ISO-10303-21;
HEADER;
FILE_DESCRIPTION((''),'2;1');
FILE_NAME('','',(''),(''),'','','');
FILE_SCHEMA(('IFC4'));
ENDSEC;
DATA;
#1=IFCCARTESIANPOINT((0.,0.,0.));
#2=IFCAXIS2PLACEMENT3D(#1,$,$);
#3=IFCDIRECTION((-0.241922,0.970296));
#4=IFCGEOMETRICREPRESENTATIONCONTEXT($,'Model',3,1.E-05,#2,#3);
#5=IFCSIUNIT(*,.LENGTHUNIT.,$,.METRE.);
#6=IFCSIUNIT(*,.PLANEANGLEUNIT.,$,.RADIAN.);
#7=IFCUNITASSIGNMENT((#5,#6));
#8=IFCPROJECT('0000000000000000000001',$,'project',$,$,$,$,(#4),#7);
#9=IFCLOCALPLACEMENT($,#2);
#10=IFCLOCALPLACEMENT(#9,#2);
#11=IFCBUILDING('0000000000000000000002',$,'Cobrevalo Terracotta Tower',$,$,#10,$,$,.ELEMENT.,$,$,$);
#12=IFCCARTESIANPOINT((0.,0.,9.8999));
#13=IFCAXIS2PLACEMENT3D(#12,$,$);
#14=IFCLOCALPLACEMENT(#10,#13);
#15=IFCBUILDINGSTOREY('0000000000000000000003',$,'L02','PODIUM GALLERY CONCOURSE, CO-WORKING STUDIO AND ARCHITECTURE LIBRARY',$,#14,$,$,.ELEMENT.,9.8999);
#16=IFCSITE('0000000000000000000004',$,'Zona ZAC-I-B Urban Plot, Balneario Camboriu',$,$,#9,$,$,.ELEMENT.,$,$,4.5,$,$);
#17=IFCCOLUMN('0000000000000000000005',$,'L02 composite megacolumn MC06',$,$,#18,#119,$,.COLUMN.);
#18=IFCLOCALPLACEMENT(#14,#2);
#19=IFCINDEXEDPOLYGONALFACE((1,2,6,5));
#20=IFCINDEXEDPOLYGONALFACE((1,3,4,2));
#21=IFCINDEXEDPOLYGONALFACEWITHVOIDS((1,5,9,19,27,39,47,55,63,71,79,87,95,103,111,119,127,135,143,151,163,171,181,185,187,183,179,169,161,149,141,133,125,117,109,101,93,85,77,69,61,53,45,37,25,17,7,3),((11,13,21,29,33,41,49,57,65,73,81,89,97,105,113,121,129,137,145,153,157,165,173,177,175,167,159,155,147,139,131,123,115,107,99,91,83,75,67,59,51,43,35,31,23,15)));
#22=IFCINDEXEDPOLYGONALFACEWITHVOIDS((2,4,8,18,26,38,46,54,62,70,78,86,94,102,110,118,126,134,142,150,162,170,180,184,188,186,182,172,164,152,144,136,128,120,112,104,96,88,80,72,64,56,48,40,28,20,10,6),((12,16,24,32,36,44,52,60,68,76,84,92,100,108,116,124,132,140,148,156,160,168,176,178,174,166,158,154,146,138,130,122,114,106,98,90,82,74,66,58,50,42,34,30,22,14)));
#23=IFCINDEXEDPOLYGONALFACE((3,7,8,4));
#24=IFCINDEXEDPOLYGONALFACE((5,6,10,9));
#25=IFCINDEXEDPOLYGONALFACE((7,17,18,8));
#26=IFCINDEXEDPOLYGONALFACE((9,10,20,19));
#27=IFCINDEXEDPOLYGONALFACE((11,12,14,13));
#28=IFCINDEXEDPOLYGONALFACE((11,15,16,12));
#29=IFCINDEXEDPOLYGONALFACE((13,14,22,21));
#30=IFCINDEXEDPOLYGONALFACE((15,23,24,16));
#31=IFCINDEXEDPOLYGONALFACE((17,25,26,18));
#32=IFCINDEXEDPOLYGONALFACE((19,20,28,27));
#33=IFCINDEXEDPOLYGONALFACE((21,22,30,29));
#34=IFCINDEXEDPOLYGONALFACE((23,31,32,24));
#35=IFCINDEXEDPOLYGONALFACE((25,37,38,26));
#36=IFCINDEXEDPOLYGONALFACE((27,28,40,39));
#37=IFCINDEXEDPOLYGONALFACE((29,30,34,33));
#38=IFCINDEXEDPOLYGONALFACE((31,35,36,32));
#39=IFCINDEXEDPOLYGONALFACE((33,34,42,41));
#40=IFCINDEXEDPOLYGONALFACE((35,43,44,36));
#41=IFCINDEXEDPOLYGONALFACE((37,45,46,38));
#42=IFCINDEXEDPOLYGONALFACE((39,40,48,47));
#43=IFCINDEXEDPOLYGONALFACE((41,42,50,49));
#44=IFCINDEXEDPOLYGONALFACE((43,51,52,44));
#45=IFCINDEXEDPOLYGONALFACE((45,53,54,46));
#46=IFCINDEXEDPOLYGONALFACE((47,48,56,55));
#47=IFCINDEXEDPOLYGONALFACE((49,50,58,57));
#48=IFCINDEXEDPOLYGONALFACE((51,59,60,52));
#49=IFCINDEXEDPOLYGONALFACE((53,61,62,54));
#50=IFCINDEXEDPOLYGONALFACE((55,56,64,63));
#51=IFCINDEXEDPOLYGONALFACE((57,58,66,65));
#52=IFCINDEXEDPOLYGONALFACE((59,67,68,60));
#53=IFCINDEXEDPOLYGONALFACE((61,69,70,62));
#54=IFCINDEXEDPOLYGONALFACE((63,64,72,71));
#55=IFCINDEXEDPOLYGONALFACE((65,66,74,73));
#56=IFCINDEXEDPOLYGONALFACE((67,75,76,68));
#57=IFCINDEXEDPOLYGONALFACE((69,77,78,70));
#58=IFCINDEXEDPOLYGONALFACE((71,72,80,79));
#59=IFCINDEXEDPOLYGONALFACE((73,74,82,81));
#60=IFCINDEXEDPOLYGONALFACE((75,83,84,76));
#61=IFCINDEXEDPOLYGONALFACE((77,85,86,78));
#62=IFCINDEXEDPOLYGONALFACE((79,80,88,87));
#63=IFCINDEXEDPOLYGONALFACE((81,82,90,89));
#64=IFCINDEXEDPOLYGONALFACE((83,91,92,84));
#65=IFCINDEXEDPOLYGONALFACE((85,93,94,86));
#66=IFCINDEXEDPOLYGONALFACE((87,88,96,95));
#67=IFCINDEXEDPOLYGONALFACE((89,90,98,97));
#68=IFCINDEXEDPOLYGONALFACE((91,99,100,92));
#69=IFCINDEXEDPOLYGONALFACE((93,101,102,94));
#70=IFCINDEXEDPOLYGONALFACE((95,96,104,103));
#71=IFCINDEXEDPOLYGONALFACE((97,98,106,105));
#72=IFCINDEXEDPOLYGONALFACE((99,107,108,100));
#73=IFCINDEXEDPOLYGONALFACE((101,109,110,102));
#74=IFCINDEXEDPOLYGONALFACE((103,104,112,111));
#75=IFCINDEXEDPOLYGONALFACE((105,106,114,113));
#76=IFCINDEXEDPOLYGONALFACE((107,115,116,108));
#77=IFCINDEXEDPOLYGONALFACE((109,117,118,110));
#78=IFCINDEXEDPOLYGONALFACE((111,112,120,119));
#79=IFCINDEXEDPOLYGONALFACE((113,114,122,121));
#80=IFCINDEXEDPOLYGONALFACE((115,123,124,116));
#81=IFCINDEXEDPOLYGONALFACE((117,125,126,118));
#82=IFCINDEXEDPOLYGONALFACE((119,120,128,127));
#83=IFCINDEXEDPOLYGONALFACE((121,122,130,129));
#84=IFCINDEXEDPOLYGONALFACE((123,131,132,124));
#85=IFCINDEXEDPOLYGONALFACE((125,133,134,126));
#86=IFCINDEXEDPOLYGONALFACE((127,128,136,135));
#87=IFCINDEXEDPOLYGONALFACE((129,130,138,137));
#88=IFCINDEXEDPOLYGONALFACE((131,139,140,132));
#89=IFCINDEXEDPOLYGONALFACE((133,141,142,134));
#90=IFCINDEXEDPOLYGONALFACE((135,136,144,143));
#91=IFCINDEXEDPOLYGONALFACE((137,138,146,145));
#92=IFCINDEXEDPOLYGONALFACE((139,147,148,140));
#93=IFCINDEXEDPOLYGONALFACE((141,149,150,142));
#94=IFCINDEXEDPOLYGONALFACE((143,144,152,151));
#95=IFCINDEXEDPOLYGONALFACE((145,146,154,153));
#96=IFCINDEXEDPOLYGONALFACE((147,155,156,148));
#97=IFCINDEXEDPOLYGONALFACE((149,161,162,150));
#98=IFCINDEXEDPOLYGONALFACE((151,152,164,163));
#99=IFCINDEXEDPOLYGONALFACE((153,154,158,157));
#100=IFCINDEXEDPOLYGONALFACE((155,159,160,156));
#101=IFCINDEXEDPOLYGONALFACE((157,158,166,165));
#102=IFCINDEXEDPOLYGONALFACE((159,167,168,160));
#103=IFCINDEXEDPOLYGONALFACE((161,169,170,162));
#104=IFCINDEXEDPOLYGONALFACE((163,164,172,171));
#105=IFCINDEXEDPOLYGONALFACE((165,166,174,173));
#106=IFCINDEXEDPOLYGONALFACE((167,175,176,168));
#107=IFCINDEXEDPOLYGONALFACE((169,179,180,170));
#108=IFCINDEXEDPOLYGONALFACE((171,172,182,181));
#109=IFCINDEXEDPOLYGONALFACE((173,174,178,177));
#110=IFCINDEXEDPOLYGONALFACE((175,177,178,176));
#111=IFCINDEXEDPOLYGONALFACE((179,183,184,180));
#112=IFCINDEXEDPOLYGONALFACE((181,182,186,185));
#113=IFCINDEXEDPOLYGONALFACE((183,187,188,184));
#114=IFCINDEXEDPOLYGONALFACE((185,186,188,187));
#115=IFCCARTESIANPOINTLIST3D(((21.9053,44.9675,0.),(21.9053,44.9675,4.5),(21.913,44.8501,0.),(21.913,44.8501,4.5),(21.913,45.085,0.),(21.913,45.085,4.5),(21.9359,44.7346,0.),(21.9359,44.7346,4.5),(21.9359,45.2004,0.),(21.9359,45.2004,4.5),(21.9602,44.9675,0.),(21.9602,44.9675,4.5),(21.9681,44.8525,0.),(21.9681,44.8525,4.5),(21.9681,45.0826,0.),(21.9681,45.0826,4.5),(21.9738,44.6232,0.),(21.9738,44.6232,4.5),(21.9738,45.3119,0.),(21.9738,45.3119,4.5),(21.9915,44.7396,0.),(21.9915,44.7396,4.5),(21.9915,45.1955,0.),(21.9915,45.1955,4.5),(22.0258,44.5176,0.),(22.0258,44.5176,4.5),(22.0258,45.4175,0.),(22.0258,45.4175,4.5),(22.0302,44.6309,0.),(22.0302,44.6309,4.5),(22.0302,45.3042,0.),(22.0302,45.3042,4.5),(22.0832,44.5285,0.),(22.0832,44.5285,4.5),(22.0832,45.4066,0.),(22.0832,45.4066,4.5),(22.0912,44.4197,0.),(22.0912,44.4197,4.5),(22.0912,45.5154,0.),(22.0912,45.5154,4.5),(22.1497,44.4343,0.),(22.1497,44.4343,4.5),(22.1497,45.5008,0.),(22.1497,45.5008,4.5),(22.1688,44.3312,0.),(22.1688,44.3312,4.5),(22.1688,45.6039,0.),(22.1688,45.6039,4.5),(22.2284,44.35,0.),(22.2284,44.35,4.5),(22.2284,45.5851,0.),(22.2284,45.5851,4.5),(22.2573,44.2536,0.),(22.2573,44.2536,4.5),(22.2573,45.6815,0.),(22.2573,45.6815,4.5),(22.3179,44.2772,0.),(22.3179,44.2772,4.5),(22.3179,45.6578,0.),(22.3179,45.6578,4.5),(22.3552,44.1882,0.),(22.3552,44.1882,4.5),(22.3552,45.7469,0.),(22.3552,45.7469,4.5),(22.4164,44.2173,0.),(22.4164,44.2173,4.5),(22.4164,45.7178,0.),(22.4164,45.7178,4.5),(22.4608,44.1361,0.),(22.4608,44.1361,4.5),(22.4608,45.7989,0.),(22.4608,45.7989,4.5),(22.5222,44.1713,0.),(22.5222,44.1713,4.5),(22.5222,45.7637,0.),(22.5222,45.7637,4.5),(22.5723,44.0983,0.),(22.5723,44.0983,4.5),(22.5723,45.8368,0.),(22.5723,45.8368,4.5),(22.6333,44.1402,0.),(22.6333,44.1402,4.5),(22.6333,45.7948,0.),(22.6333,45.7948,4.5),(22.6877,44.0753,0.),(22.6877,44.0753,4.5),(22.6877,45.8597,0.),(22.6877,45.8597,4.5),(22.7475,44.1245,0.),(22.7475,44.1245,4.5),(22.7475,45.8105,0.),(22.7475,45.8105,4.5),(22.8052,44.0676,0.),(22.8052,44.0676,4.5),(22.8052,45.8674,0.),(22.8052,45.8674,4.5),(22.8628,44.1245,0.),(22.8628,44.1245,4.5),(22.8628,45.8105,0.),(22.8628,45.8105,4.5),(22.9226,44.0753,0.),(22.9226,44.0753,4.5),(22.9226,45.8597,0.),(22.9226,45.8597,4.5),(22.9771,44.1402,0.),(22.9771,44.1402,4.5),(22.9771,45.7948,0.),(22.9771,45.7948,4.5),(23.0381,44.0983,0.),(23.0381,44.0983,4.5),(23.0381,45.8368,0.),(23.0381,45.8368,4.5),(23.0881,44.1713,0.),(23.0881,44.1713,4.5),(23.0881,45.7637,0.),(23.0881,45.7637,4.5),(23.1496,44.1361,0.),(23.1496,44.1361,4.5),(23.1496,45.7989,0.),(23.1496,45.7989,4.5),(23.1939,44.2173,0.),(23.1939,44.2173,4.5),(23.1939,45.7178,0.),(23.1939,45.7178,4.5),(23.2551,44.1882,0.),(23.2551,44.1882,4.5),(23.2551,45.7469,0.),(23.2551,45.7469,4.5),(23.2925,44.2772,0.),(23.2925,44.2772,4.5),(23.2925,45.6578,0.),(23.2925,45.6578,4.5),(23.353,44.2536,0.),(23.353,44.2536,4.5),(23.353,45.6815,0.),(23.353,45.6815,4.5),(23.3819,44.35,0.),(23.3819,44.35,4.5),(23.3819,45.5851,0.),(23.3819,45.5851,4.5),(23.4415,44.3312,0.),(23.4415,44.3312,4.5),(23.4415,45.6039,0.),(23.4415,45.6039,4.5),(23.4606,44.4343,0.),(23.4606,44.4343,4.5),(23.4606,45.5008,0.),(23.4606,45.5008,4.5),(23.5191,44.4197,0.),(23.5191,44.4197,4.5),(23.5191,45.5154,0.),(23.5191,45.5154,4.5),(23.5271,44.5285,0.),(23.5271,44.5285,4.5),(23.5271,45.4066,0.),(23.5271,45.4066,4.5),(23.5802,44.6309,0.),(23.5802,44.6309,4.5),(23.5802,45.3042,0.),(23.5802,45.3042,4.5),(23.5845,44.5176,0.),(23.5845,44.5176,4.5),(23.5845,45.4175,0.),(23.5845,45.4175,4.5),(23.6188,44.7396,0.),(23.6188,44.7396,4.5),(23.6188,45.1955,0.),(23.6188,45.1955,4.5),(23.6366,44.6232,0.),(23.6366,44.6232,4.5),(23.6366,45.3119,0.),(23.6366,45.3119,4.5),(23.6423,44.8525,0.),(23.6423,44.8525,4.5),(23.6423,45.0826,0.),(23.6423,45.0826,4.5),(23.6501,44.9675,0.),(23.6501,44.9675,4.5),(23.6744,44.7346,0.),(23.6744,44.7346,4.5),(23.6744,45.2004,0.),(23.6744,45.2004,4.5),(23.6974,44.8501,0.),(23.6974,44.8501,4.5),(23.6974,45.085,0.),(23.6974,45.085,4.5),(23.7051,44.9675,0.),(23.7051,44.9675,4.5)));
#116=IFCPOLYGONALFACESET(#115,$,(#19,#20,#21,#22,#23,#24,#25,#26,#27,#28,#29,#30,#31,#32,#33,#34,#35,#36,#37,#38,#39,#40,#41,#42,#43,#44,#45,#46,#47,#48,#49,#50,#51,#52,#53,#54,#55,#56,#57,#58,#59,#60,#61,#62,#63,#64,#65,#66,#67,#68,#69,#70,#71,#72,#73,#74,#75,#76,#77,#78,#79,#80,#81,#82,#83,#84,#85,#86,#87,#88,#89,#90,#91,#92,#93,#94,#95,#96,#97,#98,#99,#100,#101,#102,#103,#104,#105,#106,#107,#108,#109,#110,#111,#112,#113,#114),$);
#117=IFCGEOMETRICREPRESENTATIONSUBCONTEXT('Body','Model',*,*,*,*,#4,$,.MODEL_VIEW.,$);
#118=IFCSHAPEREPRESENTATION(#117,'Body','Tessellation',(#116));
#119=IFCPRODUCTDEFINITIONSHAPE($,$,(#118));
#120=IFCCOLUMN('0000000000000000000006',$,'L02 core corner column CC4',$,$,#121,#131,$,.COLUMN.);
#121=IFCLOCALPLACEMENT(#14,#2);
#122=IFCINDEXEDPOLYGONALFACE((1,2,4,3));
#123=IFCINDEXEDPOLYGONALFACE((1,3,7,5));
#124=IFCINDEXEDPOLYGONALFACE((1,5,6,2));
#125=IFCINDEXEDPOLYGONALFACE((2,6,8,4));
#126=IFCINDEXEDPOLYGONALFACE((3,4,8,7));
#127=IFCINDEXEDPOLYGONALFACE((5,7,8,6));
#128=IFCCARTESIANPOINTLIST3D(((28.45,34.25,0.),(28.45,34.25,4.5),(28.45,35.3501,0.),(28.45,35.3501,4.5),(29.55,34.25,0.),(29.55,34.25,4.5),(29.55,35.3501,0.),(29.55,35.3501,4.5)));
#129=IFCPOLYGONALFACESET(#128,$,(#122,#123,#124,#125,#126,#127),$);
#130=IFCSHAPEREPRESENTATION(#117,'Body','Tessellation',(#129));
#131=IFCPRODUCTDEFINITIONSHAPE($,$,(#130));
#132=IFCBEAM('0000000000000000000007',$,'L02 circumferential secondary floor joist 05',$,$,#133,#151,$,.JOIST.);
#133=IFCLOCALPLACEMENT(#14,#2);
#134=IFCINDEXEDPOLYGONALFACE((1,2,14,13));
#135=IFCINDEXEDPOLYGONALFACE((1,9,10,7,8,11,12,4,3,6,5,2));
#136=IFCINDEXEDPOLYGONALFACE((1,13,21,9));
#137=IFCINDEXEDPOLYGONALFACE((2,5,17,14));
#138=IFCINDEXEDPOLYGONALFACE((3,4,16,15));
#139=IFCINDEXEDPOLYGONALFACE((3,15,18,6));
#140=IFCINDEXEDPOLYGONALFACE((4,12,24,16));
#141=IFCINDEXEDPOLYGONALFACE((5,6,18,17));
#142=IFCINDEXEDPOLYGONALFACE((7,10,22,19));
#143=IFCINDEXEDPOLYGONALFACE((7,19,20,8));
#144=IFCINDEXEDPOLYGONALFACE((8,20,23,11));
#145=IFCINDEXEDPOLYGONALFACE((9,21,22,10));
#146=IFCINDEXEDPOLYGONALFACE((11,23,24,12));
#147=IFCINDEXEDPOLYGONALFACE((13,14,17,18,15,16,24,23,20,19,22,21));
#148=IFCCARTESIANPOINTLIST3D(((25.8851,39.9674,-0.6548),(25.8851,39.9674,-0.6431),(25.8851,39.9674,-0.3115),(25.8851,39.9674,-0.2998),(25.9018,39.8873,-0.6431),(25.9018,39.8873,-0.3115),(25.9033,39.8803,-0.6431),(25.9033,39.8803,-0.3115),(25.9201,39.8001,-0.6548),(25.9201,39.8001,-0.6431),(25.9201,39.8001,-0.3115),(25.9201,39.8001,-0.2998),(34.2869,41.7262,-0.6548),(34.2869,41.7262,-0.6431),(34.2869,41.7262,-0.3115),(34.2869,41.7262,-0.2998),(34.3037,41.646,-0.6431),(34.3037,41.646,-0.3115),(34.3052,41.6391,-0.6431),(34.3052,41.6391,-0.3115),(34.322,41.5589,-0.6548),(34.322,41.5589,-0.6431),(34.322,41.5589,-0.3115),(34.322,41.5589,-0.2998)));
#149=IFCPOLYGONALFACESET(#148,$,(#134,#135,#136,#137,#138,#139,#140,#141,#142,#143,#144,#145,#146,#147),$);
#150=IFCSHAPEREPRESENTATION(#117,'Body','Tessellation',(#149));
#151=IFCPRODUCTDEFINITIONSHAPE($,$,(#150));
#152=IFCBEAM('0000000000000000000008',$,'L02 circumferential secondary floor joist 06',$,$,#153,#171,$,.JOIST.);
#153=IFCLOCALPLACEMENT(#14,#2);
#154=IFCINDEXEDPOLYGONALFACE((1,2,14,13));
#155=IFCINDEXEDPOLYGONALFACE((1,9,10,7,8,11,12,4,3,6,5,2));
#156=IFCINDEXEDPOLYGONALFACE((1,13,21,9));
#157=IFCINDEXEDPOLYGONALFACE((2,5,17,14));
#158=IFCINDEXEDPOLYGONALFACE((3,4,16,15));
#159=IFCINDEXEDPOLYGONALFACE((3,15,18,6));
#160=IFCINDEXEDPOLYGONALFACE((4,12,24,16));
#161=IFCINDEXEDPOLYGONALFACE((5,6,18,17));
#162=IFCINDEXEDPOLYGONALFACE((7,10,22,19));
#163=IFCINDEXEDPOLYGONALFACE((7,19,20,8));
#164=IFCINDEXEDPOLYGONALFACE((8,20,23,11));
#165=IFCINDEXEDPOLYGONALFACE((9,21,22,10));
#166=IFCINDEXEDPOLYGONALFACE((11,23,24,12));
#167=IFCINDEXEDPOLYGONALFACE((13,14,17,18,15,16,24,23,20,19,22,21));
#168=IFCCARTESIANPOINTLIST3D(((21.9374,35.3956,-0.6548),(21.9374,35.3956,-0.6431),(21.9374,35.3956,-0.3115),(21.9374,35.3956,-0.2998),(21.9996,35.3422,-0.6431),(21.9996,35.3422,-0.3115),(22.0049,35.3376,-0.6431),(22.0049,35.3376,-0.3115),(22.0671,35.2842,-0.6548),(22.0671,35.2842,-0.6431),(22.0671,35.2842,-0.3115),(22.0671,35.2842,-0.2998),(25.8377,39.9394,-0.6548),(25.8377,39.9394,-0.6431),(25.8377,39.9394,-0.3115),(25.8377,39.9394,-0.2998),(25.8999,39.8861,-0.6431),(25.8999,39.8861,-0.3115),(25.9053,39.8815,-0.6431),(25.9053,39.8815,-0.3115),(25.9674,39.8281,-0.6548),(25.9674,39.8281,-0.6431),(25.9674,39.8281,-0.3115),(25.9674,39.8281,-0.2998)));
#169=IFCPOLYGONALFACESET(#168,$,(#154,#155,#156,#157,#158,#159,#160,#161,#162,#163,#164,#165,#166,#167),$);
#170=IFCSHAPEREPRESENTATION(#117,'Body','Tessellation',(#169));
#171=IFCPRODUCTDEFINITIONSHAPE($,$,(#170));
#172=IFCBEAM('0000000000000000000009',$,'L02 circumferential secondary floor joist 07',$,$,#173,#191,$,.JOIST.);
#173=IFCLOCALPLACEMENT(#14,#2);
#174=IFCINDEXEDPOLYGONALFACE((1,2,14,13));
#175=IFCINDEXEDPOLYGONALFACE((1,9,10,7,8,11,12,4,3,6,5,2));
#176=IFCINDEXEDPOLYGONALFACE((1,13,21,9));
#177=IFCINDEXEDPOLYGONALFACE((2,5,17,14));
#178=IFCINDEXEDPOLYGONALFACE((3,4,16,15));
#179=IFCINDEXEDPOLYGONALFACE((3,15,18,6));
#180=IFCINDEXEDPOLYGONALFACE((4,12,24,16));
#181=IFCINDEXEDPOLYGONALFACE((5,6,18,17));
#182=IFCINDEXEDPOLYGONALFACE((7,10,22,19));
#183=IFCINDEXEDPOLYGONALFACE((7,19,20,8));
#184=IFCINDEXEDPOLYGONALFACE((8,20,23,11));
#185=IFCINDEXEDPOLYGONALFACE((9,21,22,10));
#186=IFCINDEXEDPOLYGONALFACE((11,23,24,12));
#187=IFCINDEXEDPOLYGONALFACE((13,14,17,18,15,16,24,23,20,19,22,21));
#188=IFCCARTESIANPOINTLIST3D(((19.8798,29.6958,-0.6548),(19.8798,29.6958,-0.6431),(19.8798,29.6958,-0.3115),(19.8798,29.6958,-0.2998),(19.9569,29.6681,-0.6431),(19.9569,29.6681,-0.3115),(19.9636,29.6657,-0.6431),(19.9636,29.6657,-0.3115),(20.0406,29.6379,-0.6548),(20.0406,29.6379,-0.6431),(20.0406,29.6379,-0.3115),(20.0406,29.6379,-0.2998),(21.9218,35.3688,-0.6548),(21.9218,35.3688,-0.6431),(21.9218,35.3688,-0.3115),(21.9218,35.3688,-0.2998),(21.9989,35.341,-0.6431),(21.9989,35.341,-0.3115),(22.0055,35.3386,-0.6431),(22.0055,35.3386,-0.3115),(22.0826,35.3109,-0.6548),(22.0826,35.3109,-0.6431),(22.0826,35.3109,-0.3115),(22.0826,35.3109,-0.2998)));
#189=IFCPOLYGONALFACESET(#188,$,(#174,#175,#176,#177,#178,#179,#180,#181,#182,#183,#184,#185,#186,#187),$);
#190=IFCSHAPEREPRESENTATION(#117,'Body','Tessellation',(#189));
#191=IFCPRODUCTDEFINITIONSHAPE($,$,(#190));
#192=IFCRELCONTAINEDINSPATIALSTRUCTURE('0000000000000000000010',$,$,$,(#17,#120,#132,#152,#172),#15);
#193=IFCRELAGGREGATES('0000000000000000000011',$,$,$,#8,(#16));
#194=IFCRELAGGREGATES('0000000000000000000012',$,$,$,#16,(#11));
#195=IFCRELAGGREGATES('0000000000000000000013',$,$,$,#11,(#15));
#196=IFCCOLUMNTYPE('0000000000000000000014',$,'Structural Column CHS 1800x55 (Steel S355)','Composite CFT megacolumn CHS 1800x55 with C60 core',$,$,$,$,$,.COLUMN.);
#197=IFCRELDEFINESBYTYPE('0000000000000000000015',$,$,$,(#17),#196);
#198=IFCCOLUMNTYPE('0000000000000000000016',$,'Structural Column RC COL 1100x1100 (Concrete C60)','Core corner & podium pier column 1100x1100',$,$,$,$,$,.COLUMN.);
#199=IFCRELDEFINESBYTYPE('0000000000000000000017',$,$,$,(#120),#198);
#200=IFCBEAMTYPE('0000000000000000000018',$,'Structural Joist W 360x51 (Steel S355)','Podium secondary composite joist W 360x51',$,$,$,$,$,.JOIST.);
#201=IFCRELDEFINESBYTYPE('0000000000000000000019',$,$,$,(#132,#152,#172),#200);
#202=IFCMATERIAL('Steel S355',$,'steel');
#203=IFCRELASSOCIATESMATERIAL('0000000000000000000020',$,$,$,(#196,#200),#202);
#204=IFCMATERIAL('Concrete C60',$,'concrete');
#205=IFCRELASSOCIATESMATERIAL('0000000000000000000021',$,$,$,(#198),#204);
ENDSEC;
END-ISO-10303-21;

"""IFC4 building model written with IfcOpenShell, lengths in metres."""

from ifc_helpers import new_model, si_unit, direction, frame, origin, origin_2d, place, context, subcontext, project, spatial, rectangle, hollow_circle, i_section, extrude, material, material_profile, profile_set, type_object, element, save


model = new_model("IFC4")

# Units and contexts
model_context = context("Model", 3, precision=1e-05, world=origin(), true_north=direction((-0.241922, 0.970296)))
body_context = subcontext(model_context, "Body", "Model", "MODEL_VIEW")
ifc_project = project(units=[si_unit("LENGTHUNIT", "METRE"), si_unit("PLANEANGLEUNIT", "RADIAN")], contexts=[model_context])

# Site, building, storey
site_placement = place(None, origin())
site = spatial("IfcSite", under=ifc_project, at=site_placement, Name="Zona ZAC-I-B Urban Plot, Balneario Camboriu", CompositionType="ELEMENT", RefElevation=4.5)
building_placement = place(site_placement, origin())
building = spatial("IfcBuilding", under=site, at=building_placement, Name="Cobrevalo Terracotta Tower", CompositionType="ELEMENT")
storey_placement = place(building_placement, frame((0.0, 0.0, 9.8999)))
storey = spatial("IfcBuildingStorey", under=building, at=storey_placement, Name="L02", Description="PODIUM GALLERY CONCOURSE, CO-WORKING STUDIO AND ARCHITECTURE LIBRARY", CompositionType="ELEMENT", Elevation=9.8999)

# Columns
ifc_material_1 = material(Name="Steel S355", Category="steel")
ifc_material_profile_1 = material_profile(ifc_material_1, hollow_circle(Radius=0.8999, WallThickness=0.0549, at=origin_2d()), Name="CHS 1800x55")
ifc_profile_set_1 = profile_set([ifc_material_profile_1], Name="Steel S355")
column_type_1 = type_object("IfcColumnType", Name="Structural Column CHS 1800x55 (Steel S355)", Description="Composite CFT megacolumn CHS 1800x55 with C60 core", PredefinedType="COLUMN", material=ifc_profile_set_1)
column_1_placement = place(storey_placement, frame((22.8052, 44.9675, 0.0), z_axis=(0.0, 0.0, 1.0), x_axis=(1.0, 0.0, 0.0)))
element("IfcColumn", 1, at=column_1_placement, inside=storey, type_object=column_type_1, Name="L02 composite megacolumn MC06", PredefinedType="COLUMN", context=body_context, shape_type="SweptSolid", body=[
    extrude(hollow_circle(Radius=0.8999, WallThickness=0.0549, at=origin_2d()), origin(), (0.0, 0.0, 1.0), 4.5),
])
ifc_material_2 = material(Name="Concrete C60", Category="concrete")
ifc_material_profile_2 = material_profile(ifc_material_2, rectangle(XDim=1.1001, YDim=1.1001, at=origin_2d()), Name="RC COL 1100x1100")
ifc_profile_set_2 = profile_set([ifc_material_profile_2], Name="Concrete C60")
column_type_2 = type_object("IfcColumnType", Name="Structural Column RC COL 1100x1100 (Concrete C60)", Description="Core corner & podium pier column 1100x1100", PredefinedType="COLUMN", material=ifc_profile_set_2)
column_2_placement = place(storey_placement, frame((29.0, 34.8, 0.0), z_axis=(0.0, 0.0, 1.0), x_axis=(1.0, 0.0, 0.0)))
element("IfcColumn", 2, at=column_2_placement, inside=storey, type_object=column_type_2, Name="L02 core corner column CC4", PredefinedType="COLUMN", context=body_context, shape_type="SweptSolid", body=[
    extrude(rectangle(XDim=1.1001, YDim=1.1001, at=origin_2d()), origin(), (0.0, 0.0, 1.0), 4.5),
])

# Beams
ifc_material_profile_3 = material_profile(ifc_material_1, i_section(OverallWidth=0.1709, OverallDepth=0.355, WebThickness=0.0071, FlangeThickness=0.0117, at=origin_2d()), Name="W 360x51")
ifc_profile_set_3 = profile_set([ifc_material_profile_3], Name="Steel S355")
beam_type = type_object("IfcBeamType", Name="Structural Joist W 360x51 (Steel S355)", Description="Podium secondary composite joist W 360x51", PredefinedType="JOIST", material=ifc_profile_set_3)
beam_1_placement = place(storey_placement, frame((34.3044, 41.6426, -0.4773), z_axis=(-0.978785, -0.204892, 0.0), x_axis=(0.204892, -0.978785, 0.0)))
element("IfcBeam", 3, at=beam_1_placement, inside=storey, type_object=beam_type, Name="L02 circumferential secondary floor joist 05", PredefinedType="JOIST", context=body_context, shape_type="SweptSolid", body=[
    extrude(i_section(OverallWidth=0.1709, OverallDepth=0.355, WebThickness=0.0071, FlangeThickness=0.0117, at=origin_2d()), origin(), (0.0, 0.0, 1.0), 8.584),
])
beam_2_placement = place(storey_placement, frame((25.9026, 39.8838, -0.4773), z_axis=(-0.651328, -0.758796, 0.0), x_axis=(0.758796, -0.651328, 0.0)))
element("IfcBeam", 4, at=beam_2_placement, inside=storey, type_object=beam_type, Name="L02 circumferential secondary floor joist 06", PredefinedType="JOIST", context=body_context, shape_type="SweptSolid", body=[
    extrude(i_section(OverallWidth=0.1709, OverallDepth=0.355, WebThickness=0.0071, FlangeThickness=0.0117, at=origin_2d()), origin(), (0.0, 0.0, 1.0), 5.9883),
])
beam_3_placement = place(storey_placement, frame((22.0022, 35.3398, -0.4773), z_axis=(-0.338672, -0.940904, 0.0), x_axis=(0.940904, -0.338672, 0.0)))
element("IfcBeam", 5, at=beam_3_placement, inside=storey, type_object=beam_type, Name="L02 circumferential secondary floor joist 07", PredefinedType="JOIST", context=body_context, shape_type="SweptSolid", body=[
    extrude(i_section(OverallWidth=0.1709, OverallDepth=0.355, WebThickness=0.0071, FlangeThickness=0.0117, at=origin_2d()), origin(), (0.0, 0.0, 1.0), 6.0293),
])

save(model, "model.ifc")
